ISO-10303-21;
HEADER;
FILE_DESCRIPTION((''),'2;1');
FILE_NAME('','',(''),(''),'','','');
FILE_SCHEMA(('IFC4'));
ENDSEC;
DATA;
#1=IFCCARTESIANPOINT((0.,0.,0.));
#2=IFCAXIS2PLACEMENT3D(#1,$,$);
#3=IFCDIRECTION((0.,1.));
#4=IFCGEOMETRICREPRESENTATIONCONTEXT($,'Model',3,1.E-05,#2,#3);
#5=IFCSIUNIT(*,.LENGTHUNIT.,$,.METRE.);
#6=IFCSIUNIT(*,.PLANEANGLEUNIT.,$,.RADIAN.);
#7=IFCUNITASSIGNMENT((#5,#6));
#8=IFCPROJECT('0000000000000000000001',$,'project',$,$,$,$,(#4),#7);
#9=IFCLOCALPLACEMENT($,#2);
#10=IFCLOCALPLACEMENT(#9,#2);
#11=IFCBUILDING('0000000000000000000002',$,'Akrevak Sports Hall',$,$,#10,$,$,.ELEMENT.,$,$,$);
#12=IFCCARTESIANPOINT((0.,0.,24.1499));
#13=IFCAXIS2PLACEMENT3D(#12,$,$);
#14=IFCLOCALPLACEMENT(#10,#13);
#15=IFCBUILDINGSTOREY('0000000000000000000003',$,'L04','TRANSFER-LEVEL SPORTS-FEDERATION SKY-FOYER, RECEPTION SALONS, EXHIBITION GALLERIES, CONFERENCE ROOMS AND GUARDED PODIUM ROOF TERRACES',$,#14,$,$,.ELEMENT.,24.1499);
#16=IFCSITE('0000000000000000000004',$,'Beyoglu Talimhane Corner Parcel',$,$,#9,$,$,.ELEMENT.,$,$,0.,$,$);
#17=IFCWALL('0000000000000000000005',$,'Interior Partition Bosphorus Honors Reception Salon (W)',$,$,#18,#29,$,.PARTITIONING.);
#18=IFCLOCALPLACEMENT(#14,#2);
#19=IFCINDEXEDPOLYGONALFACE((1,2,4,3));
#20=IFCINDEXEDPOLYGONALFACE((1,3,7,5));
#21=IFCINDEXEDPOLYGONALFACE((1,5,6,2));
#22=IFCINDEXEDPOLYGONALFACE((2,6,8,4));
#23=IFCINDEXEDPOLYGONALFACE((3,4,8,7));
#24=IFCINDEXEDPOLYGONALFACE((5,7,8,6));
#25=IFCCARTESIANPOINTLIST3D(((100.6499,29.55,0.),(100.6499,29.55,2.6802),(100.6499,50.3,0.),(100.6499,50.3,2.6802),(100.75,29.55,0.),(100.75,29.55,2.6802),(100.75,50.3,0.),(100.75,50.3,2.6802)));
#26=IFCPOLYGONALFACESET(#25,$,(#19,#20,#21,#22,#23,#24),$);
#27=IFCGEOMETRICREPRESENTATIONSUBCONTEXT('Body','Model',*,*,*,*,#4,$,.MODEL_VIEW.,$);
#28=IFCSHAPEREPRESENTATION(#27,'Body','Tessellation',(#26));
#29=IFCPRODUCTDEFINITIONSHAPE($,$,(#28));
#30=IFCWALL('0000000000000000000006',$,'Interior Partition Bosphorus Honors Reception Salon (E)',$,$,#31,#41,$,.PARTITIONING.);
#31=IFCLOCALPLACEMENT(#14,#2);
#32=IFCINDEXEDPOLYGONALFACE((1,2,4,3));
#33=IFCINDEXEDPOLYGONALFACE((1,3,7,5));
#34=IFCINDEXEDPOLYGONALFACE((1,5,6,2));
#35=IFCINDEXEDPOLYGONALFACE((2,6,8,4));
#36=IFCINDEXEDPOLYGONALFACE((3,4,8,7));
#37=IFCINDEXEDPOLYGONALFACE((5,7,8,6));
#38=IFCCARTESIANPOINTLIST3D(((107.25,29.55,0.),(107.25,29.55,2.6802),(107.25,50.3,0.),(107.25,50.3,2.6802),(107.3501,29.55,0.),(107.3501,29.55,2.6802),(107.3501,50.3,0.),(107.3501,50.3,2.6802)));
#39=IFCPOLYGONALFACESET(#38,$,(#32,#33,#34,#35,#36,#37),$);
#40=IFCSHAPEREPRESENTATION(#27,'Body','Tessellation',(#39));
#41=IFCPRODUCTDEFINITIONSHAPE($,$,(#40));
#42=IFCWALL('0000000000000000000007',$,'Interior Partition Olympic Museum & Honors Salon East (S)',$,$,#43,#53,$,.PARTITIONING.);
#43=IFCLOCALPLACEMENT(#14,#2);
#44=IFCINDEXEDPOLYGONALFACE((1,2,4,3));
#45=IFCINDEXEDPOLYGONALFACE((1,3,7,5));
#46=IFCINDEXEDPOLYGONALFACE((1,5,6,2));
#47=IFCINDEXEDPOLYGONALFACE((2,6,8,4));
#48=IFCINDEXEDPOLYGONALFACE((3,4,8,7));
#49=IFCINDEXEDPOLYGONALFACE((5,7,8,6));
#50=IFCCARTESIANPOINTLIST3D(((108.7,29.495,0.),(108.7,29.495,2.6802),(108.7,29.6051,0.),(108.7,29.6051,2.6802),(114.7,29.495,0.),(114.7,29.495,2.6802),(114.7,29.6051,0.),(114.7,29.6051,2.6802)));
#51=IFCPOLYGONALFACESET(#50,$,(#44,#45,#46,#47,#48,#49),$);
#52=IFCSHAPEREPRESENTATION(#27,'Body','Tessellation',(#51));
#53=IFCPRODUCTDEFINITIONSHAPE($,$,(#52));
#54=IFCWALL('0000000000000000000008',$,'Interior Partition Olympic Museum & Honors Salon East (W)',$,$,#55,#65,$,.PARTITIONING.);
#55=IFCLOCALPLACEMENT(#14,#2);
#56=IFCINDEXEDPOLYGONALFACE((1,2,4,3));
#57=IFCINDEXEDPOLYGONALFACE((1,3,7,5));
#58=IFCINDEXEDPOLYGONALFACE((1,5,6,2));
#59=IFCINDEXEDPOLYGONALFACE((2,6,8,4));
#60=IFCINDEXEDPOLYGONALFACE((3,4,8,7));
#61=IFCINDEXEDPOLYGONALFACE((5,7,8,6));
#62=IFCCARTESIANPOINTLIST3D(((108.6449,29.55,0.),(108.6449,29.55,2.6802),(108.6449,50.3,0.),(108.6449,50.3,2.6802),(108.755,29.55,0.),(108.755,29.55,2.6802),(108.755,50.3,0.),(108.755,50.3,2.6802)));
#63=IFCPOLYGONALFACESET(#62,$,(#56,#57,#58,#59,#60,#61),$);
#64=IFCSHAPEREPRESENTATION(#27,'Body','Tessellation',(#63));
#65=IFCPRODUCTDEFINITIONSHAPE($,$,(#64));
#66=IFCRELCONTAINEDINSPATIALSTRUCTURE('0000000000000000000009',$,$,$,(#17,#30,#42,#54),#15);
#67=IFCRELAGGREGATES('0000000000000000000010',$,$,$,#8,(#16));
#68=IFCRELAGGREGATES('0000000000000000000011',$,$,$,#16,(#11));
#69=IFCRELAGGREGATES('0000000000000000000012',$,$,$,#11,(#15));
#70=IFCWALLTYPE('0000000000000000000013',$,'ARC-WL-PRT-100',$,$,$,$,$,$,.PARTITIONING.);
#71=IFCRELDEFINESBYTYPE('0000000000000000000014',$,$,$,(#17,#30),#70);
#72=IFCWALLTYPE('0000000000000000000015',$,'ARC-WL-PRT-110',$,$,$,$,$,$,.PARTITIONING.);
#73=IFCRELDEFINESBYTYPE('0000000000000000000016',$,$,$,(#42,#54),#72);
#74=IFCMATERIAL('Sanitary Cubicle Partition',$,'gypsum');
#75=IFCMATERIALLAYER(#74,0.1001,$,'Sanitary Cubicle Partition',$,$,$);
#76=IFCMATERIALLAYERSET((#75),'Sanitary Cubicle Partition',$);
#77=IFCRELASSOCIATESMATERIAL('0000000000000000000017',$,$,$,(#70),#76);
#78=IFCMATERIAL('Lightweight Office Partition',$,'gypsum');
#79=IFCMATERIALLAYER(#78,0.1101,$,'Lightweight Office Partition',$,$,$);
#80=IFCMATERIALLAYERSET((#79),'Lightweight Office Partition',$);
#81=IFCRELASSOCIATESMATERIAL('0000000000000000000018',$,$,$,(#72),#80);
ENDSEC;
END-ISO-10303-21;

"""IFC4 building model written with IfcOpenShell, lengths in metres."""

from ifc_helpers import new_model, si_unit, direction, frame, frame_2d, origin, place, context, subcontext, project, spatial, rectangle, extrude, material, layer, layer_set, type_object, element, save


model = new_model("IFC4")

# Units and contexts
model_context = context("Model", 3, precision=1e-05, world=origin(), true_north=direction((0.0, 1.0)))
body_context = subcontext(model_context, "Body", "Model", "MODEL_VIEW")
ifc_project = project(units=[si_unit("LENGTHUNIT", "METRE"), si_unit("PLANEANGLEUNIT", "RADIAN")], contexts=[model_context])

# Site, building, storey
site_placement = place(None, origin())
site = spatial("IfcSite", under=ifc_project, at=site_placement, Name="Beyoglu Talimhane Corner Parcel", CompositionType="ELEMENT", RefElevation=0.0)
building_placement = place(site_placement, origin())
building = spatial("IfcBuilding", under=site, at=building_placement, Name="Akrevak Sports Hall", CompositionType="ELEMENT")
storey_placement = place(building_placement, frame((0.0, 0.0, 24.1499)))
storey = spatial("IfcBuildingStorey", under=building, at=storey_placement, Name="L04", Description="TRANSFER-LEVEL SPORTS-FEDERATION SKY-FOYER, RECEPTION SALONS, EXHIBITION GALLERIES, CONFERENCE ROOMS AND GUARDED PODIUM ROOF TERRACES", CompositionType="ELEMENT", Elevation=24.1499)

# Walls
ifc_material_1 = material(Name="Sanitary Cubicle Partition", Category="gypsum")
ifc_layer_1 = layer(ifc_material_1, 0.1001, Name="Sanitary Cubicle Partition")
ifc_layer_set_1 = layer_set([ifc_layer_1], Name="Sanitary Cubicle Partition")
wall_type_1 = type_object("IfcWallType", Name="ARC-WL-PRT-100", PredefinedType="PARTITIONING", material=ifc_layer_set_1)
for number, where, z_axis, x_axis, name in (
    (1, (100.7, 29.55, 0.0), (0.0, 0.0, 1.0), (0.0, 1.0, 0.0), "Interior Partition Bosphorus Honors Reception Salon (W)"),
    (2, (107.3, 29.55, 0.0), (0.0, 0.0, 1.0), (0.0, 1.0, 0.0), "Interior Partition Bosphorus Honors Reception Salon (E)"),
):
    element("IfcWall", number, at=place(storey_placement, frame(where, z_axis=z_axis, x_axis=x_axis)), inside=storey, type_object=wall_type_1, Name=name, PredefinedType="PARTITIONING", context=body_context, shape_type="SweptSolid", body=[
        extrude(rectangle(XDim=20.75, YDim=0.1001, at=frame_2d((10.375, 0.0))), origin(), (0.0, 0.0, 1.0), 2.6802),
    ])
ifc_material_2 = material(Name="Lightweight Office Partition", Category="gypsum")
ifc_layer_2 = layer(ifc_material_2, 0.1101, Name="Lightweight Office Partition")
ifc_layer_set_2 = layer_set([ifc_layer_2], Name="Lightweight Office Partition")
wall_type_2 = type_object("IfcWallType", Name="ARC-WL-PRT-110", PredefinedType="PARTITIONING", material=ifc_layer_set_2)
wall_1_placement = place(storey_placement, frame((108.7, 29.55, 0.0), z_axis=(0.0, 0.0, 1.0), x_axis=(1.0, 0.0, 0.0)))
element("IfcWall", 3, at=wall_1_placement, inside=storey, type_object=wall_type_2, Name="Interior Partition Olympic Museum & Honors Salon East (S)", PredefinedType="PARTITIONING", context=body_context, shape_type="SweptSolid", body=[
    extrude(rectangle(XDim=6.0, YDim=0.1101, at=frame_2d((3.0, 0.0))), origin(), (0.0, 0.0, 1.0), 2.6802),
])
wall_2_placement = place(storey_placement, frame((108.7, 29.55, 0.0), z_axis=(0.0, 0.0, 1.0), x_axis=(0.0, 1.0, 0.0)))
element("IfcWall", 4, at=wall_2_placement, inside=storey, type_object=wall_type_2, Name="Interior Partition Olympic Museum & Honors Salon East (W)", PredefinedType="PARTITIONING", context=body_context, shape_type="SweptSolid", body=[
    extrude(rectangle(XDim=20.75, YDim=0.1101, at=frame_2d((10.375, 0.0))), origin(), (0.0, 0.0, 1.0), 2.6802),
])

save(model, "model.ifc")
